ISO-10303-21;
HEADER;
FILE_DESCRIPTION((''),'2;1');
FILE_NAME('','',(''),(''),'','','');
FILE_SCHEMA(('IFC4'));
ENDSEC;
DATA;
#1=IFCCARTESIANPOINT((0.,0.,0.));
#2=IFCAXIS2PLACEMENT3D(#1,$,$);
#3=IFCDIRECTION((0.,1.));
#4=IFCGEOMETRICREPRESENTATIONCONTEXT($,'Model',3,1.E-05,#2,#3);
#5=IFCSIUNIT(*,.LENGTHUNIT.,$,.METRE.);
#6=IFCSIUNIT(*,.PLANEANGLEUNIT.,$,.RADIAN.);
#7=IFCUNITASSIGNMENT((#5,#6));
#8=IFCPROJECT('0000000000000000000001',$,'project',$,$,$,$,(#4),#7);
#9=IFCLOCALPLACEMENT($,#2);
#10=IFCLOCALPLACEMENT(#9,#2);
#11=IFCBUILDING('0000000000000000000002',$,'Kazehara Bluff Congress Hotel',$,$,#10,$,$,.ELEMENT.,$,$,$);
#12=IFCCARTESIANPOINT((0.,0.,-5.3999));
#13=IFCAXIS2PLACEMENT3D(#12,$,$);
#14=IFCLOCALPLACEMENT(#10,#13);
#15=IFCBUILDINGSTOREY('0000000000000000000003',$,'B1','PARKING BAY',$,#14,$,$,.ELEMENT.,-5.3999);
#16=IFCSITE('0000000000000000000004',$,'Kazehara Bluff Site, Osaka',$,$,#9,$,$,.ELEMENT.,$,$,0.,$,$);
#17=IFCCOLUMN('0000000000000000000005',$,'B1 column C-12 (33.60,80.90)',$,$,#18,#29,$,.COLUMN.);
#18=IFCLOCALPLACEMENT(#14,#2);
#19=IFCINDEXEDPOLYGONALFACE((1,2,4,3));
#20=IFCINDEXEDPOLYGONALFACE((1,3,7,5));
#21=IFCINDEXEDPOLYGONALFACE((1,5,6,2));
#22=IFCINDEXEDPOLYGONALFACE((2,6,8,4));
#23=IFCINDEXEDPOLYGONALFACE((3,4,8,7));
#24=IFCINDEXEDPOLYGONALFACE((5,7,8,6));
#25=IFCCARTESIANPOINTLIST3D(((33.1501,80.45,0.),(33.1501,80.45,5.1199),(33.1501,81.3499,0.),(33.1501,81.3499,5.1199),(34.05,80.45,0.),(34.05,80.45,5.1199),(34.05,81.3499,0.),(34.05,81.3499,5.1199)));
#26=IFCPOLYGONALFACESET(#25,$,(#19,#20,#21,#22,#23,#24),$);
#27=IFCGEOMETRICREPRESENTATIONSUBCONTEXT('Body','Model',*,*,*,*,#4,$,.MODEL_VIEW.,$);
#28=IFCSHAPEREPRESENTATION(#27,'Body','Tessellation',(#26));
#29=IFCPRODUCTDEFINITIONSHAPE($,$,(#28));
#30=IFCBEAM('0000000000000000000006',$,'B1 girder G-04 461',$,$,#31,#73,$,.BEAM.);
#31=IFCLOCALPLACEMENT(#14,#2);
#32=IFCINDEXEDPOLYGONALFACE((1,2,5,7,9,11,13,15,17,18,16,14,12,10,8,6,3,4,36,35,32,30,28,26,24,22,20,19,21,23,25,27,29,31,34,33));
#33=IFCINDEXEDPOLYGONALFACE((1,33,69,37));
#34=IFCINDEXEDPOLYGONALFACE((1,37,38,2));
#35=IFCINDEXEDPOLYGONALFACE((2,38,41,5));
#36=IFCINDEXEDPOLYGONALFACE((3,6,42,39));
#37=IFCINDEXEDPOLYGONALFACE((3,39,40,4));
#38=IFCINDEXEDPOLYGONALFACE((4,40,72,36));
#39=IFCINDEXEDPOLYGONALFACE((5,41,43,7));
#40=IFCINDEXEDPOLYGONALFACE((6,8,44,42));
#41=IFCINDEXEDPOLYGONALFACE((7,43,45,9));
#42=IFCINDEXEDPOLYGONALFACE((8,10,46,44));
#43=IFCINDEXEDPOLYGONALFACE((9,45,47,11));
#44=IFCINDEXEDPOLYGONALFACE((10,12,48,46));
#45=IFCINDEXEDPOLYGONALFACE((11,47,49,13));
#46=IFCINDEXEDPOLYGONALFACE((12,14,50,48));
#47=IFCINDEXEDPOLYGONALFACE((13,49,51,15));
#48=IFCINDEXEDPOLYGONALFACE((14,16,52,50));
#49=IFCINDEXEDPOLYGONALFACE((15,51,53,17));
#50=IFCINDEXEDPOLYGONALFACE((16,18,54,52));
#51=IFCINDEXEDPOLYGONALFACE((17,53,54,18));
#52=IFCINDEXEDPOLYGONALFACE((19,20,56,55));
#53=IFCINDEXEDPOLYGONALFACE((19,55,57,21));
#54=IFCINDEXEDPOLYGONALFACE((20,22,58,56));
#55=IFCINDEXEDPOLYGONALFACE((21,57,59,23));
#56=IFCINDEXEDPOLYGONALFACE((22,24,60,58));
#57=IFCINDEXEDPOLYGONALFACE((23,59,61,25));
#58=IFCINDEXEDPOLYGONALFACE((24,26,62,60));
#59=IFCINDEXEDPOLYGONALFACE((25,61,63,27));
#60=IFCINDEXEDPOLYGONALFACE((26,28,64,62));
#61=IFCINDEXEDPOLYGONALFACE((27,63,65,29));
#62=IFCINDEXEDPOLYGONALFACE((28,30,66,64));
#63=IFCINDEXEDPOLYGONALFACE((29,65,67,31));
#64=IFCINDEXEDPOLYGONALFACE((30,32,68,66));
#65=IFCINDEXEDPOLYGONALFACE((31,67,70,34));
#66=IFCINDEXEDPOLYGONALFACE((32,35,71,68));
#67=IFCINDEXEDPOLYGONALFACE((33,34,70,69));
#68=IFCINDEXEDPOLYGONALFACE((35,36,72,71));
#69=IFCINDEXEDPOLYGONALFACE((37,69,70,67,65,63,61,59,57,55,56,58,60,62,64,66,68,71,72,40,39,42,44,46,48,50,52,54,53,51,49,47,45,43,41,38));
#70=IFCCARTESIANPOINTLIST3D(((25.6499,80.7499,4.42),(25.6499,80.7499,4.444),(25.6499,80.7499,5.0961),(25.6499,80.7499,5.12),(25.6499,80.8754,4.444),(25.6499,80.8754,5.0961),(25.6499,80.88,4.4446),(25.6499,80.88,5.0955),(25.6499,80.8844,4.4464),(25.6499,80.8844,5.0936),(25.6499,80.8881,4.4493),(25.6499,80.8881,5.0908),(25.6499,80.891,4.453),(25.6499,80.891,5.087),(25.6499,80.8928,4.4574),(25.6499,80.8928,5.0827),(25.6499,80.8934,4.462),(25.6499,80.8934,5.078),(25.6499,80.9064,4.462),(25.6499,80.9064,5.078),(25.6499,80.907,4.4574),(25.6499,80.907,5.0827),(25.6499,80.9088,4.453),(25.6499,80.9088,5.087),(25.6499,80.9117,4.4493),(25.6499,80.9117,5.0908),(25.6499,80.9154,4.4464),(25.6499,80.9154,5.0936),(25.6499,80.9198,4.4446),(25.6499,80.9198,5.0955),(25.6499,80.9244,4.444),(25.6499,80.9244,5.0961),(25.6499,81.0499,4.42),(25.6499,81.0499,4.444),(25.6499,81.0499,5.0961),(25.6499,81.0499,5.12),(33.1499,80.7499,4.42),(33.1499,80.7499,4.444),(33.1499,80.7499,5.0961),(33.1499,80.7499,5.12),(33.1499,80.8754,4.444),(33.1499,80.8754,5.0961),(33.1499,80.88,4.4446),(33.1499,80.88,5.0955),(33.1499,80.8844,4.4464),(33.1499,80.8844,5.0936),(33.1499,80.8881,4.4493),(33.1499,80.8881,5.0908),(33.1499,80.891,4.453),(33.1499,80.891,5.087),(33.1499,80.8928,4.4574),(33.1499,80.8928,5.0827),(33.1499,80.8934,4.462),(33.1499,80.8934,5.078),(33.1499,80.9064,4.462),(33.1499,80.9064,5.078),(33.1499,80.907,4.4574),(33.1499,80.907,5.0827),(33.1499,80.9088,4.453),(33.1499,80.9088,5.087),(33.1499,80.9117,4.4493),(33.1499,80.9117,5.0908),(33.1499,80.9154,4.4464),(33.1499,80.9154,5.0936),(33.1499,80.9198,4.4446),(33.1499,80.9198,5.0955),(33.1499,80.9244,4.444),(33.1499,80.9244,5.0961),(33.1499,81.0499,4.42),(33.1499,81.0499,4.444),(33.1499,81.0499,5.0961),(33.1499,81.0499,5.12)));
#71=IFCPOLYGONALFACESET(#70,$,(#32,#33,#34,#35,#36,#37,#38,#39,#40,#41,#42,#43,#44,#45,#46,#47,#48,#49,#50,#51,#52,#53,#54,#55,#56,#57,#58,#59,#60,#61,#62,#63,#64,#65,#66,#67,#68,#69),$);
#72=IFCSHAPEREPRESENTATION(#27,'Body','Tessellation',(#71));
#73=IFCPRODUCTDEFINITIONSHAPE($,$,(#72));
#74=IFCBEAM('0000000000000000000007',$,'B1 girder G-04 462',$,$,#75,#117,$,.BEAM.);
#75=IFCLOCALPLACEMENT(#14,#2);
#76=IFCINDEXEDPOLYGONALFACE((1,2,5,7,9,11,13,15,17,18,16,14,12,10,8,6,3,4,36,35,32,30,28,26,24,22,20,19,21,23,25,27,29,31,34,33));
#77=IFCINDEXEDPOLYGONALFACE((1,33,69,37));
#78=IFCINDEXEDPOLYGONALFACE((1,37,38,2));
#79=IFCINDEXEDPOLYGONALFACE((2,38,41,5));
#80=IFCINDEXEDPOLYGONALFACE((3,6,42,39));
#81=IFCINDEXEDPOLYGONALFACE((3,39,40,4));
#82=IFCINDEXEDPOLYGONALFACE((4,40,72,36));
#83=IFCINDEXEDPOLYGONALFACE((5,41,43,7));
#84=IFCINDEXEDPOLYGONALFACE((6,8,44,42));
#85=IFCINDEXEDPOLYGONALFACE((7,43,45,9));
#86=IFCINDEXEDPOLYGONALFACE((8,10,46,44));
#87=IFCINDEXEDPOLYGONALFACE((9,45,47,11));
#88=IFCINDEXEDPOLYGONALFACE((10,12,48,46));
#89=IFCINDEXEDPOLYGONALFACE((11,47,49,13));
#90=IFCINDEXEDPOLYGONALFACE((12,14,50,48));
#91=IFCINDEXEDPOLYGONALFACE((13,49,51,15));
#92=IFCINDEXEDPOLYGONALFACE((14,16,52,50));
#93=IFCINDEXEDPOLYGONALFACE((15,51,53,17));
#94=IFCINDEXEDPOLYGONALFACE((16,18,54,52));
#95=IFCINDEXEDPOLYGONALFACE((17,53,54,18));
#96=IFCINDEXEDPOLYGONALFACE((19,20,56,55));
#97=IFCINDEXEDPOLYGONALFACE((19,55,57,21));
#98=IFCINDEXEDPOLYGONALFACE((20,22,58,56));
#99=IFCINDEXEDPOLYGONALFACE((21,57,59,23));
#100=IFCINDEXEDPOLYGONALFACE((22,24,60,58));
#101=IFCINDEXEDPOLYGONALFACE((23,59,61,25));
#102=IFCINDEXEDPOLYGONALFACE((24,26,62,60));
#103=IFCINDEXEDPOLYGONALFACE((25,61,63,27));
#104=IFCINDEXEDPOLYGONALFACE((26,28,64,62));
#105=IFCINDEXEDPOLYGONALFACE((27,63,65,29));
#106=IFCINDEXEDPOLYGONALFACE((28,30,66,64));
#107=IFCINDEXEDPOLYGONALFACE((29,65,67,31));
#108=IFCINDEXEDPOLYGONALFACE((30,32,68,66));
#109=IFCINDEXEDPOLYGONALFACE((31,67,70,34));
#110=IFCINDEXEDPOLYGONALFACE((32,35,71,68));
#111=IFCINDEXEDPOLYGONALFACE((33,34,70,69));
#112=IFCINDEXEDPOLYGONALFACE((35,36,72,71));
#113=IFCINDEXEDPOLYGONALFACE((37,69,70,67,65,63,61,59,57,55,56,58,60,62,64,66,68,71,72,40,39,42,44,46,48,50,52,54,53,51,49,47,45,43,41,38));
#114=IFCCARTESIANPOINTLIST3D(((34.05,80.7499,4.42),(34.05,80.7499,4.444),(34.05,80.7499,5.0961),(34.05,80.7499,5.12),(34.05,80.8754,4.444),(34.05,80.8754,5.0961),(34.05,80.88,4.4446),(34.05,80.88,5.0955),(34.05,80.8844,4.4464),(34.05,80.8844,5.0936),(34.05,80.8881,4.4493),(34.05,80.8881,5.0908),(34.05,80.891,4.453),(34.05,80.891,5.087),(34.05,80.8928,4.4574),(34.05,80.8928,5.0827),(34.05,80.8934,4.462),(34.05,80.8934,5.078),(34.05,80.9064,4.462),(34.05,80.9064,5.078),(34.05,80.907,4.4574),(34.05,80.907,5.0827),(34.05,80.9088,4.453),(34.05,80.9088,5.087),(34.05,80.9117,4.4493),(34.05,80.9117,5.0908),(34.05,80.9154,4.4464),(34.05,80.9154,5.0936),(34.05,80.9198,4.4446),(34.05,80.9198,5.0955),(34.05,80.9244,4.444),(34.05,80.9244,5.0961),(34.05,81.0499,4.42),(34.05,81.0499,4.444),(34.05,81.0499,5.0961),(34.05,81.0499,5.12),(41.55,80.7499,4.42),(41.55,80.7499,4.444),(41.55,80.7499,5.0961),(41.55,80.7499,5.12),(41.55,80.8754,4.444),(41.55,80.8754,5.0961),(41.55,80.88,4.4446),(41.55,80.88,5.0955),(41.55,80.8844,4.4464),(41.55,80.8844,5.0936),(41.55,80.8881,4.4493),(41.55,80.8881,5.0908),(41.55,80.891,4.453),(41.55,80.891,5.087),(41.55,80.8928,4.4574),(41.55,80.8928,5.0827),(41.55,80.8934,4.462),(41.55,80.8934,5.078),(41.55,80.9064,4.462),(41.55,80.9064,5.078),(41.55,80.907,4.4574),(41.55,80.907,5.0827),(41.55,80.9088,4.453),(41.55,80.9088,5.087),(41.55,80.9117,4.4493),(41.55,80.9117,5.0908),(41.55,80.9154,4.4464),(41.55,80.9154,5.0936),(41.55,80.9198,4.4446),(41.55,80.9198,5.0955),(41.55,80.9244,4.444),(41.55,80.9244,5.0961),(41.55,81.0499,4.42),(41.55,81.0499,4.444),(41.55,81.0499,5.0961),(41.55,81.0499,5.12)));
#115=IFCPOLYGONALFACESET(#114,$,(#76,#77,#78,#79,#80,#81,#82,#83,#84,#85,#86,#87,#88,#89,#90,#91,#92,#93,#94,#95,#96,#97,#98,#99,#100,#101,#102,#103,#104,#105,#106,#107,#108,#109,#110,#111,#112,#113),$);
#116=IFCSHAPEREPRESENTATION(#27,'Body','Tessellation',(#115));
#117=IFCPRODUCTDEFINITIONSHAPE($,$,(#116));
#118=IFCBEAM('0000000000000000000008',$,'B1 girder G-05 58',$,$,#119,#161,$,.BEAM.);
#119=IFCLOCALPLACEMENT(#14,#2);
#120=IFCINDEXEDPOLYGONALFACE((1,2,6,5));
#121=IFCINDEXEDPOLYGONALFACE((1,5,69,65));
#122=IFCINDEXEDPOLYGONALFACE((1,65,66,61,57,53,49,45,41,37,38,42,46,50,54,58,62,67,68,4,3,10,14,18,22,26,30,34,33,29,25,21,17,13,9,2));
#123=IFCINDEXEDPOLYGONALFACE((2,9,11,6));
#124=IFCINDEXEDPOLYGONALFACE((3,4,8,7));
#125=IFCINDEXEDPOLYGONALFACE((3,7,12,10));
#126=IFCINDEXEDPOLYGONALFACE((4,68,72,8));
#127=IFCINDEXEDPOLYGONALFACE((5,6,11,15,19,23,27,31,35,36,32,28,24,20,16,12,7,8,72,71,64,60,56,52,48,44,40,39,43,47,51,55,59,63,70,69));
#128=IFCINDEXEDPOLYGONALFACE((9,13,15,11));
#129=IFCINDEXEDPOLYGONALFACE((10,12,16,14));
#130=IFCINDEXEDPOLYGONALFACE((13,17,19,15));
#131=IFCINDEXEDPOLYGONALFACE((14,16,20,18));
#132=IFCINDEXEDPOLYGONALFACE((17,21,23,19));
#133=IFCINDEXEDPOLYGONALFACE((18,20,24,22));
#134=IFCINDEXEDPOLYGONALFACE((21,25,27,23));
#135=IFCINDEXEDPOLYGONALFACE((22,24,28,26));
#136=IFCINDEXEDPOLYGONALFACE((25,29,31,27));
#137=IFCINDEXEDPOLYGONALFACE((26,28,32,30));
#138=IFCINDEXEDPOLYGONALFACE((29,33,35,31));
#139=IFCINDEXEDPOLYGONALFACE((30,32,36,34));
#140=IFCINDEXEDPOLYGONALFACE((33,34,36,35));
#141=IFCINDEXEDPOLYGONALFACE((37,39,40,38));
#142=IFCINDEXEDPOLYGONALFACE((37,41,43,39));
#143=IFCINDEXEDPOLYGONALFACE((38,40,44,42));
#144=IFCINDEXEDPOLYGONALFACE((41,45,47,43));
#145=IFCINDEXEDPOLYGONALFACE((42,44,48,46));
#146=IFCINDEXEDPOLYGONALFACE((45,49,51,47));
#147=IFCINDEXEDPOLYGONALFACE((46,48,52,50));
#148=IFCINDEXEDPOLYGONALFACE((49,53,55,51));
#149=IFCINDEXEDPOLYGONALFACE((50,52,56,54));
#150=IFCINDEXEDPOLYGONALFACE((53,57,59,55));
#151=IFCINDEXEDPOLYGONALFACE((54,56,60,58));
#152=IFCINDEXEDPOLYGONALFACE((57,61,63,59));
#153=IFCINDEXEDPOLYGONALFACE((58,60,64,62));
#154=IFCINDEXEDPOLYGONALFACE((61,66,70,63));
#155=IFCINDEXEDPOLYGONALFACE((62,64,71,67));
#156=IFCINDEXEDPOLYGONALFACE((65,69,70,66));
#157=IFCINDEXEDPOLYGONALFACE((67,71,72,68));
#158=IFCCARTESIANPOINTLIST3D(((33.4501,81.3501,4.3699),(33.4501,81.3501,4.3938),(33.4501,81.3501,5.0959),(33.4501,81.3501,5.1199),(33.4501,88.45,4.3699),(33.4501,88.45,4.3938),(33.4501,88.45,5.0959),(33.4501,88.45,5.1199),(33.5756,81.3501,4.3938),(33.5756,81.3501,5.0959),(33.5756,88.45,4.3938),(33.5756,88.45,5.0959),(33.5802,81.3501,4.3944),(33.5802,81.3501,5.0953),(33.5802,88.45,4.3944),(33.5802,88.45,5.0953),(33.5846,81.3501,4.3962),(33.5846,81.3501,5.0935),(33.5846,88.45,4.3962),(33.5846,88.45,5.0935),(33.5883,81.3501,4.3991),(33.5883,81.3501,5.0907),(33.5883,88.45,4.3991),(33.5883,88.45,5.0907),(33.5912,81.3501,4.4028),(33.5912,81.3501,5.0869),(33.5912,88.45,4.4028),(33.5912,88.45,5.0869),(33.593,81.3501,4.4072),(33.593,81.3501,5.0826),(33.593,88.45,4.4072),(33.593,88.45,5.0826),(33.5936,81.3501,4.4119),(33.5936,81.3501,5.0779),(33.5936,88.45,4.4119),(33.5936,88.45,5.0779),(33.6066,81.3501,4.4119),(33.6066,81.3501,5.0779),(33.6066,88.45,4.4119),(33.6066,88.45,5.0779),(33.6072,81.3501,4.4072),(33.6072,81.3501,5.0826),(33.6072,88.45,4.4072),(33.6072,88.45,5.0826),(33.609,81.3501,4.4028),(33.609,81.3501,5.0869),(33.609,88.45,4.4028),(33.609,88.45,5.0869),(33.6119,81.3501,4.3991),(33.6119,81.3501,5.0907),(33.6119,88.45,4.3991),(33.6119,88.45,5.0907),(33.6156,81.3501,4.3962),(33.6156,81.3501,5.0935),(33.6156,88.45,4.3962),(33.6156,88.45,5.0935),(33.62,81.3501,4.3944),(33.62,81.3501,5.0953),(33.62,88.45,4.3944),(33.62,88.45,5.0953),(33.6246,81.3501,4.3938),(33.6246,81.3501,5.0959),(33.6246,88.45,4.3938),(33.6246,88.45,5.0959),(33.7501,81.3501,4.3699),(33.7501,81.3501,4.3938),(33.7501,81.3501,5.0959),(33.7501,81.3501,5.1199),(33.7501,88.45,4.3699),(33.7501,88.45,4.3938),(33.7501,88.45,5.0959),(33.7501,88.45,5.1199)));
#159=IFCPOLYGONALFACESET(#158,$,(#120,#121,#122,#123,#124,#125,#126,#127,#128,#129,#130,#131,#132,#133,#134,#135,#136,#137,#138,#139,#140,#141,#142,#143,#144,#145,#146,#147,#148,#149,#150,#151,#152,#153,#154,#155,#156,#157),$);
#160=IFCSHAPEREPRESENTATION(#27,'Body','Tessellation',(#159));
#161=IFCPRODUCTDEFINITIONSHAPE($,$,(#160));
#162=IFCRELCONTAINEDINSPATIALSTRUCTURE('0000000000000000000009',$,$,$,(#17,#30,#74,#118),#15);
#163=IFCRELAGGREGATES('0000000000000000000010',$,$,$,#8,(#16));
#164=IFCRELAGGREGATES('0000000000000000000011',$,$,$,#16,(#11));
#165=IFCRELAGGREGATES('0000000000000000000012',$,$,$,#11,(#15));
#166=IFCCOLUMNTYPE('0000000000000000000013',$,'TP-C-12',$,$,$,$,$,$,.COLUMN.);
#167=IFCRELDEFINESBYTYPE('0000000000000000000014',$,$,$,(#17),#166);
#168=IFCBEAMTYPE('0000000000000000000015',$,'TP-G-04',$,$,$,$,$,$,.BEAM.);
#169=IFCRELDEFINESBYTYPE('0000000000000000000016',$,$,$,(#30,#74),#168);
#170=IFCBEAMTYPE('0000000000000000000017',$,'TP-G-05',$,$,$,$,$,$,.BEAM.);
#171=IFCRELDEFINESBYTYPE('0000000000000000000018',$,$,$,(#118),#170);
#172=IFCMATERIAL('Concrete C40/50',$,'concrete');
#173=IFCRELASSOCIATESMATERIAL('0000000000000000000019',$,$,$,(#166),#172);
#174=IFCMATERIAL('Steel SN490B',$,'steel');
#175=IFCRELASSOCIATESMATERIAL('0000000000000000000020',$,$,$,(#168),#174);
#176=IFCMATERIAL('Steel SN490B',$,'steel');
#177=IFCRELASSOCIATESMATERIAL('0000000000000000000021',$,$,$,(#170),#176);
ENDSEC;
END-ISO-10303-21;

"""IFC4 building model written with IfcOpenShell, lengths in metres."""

from ifc_helpers import new_model, si_unit, direction, frame, origin, origin_2d, place, context, subcontext, project, spatial, rectangle, i_section, extrude, material, material_profile, profile_set, type_object, element, save


model = new_model("IFC4")

# Units and contexts
model_context = context("Model", 3, precision=1e-05, world=origin(), true_north=direction((0.0, 1.0)))
body_context = subcontext(model_context, "Body", "Model", "MODEL_VIEW")
ifc_project = project(units=[si_unit("LENGTHUNIT", "METRE"), si_unit("PLANEANGLEUNIT", "RADIAN")], contexts=[model_context])

# Site, building, storey
site_placement = place(None, origin())
site = spatial("IfcSite", under=ifc_project, at=site_placement, Name="Kazehara Bluff Site, Osaka", CompositionType="ELEMENT", RefElevation=0.0)
building_placement = place(site_placement, origin())
building = spatial("IfcBuilding", under=site, at=building_placement, Name="Kazehara Bluff Congress Hotel", CompositionType="ELEMENT")
storey_placement = place(building_placement, frame((0.0, 0.0, -5.3999)))
storey = spatial("IfcBuildingStorey", under=building, at=storey_placement, Name="B1", Description="PARKING BAY", CompositionType="ELEMENT", Elevation=-5.3999)

# Column
ifc_material_1 = material(Name="Concrete C40/50", Category="concrete")
ifc_material_profile_1 = material_profile(ifc_material_1, rectangle(XDim=0.8999, YDim=0.8999, at=origin_2d()))
ifc_profile_set_1 = profile_set([ifc_material_profile_1], Name="Concrete C40/50")
column_type = type_object("IfcColumnType", Name="TP-C-12", PredefinedType="COLUMN", material=ifc_profile_set_1)
column_placement = place(storey_placement, frame((33.6001, 80.8999, 0.0), z_axis=(0.0, 0.0, 1.0), x_axis=(1.0, 0.0, 0.0)))
element("IfcColumn", 1, at=column_placement, inside=storey, type_object=column_type, Name="B1 column C-12 (33.60,80.90)", PredefinedType="COLUMN", context=body_context, shape_type="SweptSolid", body=[
    extrude(rectangle(XDim=0.8999, YDim=0.8999, at=origin_2d()), origin(), (0.0, 0.0, 1.0), 5.1199),
])

# Beams
ifc_material_2 = material(Name="Steel SN490B", Category="steel")
ifc_material_profile_2 = material_profile(ifc_material_2, i_section(OverallWidth=0.3, OverallDepth=0.7, WebThickness=0.0129, FlangeThickness=0.0239, FilletRadius=0.0181, at=origin_2d()))
ifc_profile_set_2 = profile_set([ifc_material_profile_2], Name="Steel SN490B")
beam_type_1 = type_object("IfcBeamType", Name="TP-G-04", PredefinedType="BEAM", material=ifc_profile_set_2)
for number, where, z_axis, x_axis, name in (
    (2, (25.6499, 80.8999, 4.77), (1.0, 0.0, 0.0), (0.0, 1.0, 0.0), "B1 girder G-04 461"),
    (3, (34.05, 80.8999, 4.77), (1.0, 0.0, 0.0), (0.0, 1.0, 0.0), "B1 girder G-04 462"),
):
    element("IfcBeam", number, at=place(storey_placement, frame(where, z_axis=z_axis, x_axis=x_axis)), inside=storey, type_object=beam_type_1, Name=name, PredefinedType="BEAM", context=body_context, shape_type="SweptSolid", body=[
        extrude(i_section(OverallWidth=0.3, OverallDepth=0.7, WebThickness=0.0129, FlangeThickness=0.0239, FilletRadius=0.0181, at=origin_2d()), origin(), (0.0, 0.0, 1.0), 7.5),
    ])
ifc_material_3 = material(Name="Steel SN490B", Category="steel")
ifc_material_profile_3 = material_profile(ifc_material_3, i_section(OverallWidth=0.3, OverallDepth=0.75, WebThickness=0.0129, FlangeThickness=0.0239, FilletRadius=0.0181, at=origin_2d()))
ifc_profile_set_3 = profile_set([ifc_material_profile_3], Name="Steel SN490B")
beam_type_2 = type_object("IfcBeamType", Name="TP-G-05", PredefinedType="BEAM", material=ifc_profile_set_3)
beam_1_placement = place(storey_placement, frame((33.6001, 81.3501, 4.7449), z_axis=(0.0, 1.0, 0.0), x_axis=(-1.0, 0.0, 0.0)))
element("IfcBeam", 4, at=beam_1_placement, inside=storey, type_object=beam_type_2, Name="B1 girder G-05 58", PredefinedType="BEAM", context=body_context, shape_type="SweptSolid", body=[
    extrude(i_section(OverallWidth=0.3, OverallDepth=0.75, WebThickness=0.0129, FlangeThickness=0.0239, FilletRadius=0.0181, at=origin_2d()), origin(), (0.0, 0.0, 1.0), 7.0999),
])

save(model, "model.ifc")
